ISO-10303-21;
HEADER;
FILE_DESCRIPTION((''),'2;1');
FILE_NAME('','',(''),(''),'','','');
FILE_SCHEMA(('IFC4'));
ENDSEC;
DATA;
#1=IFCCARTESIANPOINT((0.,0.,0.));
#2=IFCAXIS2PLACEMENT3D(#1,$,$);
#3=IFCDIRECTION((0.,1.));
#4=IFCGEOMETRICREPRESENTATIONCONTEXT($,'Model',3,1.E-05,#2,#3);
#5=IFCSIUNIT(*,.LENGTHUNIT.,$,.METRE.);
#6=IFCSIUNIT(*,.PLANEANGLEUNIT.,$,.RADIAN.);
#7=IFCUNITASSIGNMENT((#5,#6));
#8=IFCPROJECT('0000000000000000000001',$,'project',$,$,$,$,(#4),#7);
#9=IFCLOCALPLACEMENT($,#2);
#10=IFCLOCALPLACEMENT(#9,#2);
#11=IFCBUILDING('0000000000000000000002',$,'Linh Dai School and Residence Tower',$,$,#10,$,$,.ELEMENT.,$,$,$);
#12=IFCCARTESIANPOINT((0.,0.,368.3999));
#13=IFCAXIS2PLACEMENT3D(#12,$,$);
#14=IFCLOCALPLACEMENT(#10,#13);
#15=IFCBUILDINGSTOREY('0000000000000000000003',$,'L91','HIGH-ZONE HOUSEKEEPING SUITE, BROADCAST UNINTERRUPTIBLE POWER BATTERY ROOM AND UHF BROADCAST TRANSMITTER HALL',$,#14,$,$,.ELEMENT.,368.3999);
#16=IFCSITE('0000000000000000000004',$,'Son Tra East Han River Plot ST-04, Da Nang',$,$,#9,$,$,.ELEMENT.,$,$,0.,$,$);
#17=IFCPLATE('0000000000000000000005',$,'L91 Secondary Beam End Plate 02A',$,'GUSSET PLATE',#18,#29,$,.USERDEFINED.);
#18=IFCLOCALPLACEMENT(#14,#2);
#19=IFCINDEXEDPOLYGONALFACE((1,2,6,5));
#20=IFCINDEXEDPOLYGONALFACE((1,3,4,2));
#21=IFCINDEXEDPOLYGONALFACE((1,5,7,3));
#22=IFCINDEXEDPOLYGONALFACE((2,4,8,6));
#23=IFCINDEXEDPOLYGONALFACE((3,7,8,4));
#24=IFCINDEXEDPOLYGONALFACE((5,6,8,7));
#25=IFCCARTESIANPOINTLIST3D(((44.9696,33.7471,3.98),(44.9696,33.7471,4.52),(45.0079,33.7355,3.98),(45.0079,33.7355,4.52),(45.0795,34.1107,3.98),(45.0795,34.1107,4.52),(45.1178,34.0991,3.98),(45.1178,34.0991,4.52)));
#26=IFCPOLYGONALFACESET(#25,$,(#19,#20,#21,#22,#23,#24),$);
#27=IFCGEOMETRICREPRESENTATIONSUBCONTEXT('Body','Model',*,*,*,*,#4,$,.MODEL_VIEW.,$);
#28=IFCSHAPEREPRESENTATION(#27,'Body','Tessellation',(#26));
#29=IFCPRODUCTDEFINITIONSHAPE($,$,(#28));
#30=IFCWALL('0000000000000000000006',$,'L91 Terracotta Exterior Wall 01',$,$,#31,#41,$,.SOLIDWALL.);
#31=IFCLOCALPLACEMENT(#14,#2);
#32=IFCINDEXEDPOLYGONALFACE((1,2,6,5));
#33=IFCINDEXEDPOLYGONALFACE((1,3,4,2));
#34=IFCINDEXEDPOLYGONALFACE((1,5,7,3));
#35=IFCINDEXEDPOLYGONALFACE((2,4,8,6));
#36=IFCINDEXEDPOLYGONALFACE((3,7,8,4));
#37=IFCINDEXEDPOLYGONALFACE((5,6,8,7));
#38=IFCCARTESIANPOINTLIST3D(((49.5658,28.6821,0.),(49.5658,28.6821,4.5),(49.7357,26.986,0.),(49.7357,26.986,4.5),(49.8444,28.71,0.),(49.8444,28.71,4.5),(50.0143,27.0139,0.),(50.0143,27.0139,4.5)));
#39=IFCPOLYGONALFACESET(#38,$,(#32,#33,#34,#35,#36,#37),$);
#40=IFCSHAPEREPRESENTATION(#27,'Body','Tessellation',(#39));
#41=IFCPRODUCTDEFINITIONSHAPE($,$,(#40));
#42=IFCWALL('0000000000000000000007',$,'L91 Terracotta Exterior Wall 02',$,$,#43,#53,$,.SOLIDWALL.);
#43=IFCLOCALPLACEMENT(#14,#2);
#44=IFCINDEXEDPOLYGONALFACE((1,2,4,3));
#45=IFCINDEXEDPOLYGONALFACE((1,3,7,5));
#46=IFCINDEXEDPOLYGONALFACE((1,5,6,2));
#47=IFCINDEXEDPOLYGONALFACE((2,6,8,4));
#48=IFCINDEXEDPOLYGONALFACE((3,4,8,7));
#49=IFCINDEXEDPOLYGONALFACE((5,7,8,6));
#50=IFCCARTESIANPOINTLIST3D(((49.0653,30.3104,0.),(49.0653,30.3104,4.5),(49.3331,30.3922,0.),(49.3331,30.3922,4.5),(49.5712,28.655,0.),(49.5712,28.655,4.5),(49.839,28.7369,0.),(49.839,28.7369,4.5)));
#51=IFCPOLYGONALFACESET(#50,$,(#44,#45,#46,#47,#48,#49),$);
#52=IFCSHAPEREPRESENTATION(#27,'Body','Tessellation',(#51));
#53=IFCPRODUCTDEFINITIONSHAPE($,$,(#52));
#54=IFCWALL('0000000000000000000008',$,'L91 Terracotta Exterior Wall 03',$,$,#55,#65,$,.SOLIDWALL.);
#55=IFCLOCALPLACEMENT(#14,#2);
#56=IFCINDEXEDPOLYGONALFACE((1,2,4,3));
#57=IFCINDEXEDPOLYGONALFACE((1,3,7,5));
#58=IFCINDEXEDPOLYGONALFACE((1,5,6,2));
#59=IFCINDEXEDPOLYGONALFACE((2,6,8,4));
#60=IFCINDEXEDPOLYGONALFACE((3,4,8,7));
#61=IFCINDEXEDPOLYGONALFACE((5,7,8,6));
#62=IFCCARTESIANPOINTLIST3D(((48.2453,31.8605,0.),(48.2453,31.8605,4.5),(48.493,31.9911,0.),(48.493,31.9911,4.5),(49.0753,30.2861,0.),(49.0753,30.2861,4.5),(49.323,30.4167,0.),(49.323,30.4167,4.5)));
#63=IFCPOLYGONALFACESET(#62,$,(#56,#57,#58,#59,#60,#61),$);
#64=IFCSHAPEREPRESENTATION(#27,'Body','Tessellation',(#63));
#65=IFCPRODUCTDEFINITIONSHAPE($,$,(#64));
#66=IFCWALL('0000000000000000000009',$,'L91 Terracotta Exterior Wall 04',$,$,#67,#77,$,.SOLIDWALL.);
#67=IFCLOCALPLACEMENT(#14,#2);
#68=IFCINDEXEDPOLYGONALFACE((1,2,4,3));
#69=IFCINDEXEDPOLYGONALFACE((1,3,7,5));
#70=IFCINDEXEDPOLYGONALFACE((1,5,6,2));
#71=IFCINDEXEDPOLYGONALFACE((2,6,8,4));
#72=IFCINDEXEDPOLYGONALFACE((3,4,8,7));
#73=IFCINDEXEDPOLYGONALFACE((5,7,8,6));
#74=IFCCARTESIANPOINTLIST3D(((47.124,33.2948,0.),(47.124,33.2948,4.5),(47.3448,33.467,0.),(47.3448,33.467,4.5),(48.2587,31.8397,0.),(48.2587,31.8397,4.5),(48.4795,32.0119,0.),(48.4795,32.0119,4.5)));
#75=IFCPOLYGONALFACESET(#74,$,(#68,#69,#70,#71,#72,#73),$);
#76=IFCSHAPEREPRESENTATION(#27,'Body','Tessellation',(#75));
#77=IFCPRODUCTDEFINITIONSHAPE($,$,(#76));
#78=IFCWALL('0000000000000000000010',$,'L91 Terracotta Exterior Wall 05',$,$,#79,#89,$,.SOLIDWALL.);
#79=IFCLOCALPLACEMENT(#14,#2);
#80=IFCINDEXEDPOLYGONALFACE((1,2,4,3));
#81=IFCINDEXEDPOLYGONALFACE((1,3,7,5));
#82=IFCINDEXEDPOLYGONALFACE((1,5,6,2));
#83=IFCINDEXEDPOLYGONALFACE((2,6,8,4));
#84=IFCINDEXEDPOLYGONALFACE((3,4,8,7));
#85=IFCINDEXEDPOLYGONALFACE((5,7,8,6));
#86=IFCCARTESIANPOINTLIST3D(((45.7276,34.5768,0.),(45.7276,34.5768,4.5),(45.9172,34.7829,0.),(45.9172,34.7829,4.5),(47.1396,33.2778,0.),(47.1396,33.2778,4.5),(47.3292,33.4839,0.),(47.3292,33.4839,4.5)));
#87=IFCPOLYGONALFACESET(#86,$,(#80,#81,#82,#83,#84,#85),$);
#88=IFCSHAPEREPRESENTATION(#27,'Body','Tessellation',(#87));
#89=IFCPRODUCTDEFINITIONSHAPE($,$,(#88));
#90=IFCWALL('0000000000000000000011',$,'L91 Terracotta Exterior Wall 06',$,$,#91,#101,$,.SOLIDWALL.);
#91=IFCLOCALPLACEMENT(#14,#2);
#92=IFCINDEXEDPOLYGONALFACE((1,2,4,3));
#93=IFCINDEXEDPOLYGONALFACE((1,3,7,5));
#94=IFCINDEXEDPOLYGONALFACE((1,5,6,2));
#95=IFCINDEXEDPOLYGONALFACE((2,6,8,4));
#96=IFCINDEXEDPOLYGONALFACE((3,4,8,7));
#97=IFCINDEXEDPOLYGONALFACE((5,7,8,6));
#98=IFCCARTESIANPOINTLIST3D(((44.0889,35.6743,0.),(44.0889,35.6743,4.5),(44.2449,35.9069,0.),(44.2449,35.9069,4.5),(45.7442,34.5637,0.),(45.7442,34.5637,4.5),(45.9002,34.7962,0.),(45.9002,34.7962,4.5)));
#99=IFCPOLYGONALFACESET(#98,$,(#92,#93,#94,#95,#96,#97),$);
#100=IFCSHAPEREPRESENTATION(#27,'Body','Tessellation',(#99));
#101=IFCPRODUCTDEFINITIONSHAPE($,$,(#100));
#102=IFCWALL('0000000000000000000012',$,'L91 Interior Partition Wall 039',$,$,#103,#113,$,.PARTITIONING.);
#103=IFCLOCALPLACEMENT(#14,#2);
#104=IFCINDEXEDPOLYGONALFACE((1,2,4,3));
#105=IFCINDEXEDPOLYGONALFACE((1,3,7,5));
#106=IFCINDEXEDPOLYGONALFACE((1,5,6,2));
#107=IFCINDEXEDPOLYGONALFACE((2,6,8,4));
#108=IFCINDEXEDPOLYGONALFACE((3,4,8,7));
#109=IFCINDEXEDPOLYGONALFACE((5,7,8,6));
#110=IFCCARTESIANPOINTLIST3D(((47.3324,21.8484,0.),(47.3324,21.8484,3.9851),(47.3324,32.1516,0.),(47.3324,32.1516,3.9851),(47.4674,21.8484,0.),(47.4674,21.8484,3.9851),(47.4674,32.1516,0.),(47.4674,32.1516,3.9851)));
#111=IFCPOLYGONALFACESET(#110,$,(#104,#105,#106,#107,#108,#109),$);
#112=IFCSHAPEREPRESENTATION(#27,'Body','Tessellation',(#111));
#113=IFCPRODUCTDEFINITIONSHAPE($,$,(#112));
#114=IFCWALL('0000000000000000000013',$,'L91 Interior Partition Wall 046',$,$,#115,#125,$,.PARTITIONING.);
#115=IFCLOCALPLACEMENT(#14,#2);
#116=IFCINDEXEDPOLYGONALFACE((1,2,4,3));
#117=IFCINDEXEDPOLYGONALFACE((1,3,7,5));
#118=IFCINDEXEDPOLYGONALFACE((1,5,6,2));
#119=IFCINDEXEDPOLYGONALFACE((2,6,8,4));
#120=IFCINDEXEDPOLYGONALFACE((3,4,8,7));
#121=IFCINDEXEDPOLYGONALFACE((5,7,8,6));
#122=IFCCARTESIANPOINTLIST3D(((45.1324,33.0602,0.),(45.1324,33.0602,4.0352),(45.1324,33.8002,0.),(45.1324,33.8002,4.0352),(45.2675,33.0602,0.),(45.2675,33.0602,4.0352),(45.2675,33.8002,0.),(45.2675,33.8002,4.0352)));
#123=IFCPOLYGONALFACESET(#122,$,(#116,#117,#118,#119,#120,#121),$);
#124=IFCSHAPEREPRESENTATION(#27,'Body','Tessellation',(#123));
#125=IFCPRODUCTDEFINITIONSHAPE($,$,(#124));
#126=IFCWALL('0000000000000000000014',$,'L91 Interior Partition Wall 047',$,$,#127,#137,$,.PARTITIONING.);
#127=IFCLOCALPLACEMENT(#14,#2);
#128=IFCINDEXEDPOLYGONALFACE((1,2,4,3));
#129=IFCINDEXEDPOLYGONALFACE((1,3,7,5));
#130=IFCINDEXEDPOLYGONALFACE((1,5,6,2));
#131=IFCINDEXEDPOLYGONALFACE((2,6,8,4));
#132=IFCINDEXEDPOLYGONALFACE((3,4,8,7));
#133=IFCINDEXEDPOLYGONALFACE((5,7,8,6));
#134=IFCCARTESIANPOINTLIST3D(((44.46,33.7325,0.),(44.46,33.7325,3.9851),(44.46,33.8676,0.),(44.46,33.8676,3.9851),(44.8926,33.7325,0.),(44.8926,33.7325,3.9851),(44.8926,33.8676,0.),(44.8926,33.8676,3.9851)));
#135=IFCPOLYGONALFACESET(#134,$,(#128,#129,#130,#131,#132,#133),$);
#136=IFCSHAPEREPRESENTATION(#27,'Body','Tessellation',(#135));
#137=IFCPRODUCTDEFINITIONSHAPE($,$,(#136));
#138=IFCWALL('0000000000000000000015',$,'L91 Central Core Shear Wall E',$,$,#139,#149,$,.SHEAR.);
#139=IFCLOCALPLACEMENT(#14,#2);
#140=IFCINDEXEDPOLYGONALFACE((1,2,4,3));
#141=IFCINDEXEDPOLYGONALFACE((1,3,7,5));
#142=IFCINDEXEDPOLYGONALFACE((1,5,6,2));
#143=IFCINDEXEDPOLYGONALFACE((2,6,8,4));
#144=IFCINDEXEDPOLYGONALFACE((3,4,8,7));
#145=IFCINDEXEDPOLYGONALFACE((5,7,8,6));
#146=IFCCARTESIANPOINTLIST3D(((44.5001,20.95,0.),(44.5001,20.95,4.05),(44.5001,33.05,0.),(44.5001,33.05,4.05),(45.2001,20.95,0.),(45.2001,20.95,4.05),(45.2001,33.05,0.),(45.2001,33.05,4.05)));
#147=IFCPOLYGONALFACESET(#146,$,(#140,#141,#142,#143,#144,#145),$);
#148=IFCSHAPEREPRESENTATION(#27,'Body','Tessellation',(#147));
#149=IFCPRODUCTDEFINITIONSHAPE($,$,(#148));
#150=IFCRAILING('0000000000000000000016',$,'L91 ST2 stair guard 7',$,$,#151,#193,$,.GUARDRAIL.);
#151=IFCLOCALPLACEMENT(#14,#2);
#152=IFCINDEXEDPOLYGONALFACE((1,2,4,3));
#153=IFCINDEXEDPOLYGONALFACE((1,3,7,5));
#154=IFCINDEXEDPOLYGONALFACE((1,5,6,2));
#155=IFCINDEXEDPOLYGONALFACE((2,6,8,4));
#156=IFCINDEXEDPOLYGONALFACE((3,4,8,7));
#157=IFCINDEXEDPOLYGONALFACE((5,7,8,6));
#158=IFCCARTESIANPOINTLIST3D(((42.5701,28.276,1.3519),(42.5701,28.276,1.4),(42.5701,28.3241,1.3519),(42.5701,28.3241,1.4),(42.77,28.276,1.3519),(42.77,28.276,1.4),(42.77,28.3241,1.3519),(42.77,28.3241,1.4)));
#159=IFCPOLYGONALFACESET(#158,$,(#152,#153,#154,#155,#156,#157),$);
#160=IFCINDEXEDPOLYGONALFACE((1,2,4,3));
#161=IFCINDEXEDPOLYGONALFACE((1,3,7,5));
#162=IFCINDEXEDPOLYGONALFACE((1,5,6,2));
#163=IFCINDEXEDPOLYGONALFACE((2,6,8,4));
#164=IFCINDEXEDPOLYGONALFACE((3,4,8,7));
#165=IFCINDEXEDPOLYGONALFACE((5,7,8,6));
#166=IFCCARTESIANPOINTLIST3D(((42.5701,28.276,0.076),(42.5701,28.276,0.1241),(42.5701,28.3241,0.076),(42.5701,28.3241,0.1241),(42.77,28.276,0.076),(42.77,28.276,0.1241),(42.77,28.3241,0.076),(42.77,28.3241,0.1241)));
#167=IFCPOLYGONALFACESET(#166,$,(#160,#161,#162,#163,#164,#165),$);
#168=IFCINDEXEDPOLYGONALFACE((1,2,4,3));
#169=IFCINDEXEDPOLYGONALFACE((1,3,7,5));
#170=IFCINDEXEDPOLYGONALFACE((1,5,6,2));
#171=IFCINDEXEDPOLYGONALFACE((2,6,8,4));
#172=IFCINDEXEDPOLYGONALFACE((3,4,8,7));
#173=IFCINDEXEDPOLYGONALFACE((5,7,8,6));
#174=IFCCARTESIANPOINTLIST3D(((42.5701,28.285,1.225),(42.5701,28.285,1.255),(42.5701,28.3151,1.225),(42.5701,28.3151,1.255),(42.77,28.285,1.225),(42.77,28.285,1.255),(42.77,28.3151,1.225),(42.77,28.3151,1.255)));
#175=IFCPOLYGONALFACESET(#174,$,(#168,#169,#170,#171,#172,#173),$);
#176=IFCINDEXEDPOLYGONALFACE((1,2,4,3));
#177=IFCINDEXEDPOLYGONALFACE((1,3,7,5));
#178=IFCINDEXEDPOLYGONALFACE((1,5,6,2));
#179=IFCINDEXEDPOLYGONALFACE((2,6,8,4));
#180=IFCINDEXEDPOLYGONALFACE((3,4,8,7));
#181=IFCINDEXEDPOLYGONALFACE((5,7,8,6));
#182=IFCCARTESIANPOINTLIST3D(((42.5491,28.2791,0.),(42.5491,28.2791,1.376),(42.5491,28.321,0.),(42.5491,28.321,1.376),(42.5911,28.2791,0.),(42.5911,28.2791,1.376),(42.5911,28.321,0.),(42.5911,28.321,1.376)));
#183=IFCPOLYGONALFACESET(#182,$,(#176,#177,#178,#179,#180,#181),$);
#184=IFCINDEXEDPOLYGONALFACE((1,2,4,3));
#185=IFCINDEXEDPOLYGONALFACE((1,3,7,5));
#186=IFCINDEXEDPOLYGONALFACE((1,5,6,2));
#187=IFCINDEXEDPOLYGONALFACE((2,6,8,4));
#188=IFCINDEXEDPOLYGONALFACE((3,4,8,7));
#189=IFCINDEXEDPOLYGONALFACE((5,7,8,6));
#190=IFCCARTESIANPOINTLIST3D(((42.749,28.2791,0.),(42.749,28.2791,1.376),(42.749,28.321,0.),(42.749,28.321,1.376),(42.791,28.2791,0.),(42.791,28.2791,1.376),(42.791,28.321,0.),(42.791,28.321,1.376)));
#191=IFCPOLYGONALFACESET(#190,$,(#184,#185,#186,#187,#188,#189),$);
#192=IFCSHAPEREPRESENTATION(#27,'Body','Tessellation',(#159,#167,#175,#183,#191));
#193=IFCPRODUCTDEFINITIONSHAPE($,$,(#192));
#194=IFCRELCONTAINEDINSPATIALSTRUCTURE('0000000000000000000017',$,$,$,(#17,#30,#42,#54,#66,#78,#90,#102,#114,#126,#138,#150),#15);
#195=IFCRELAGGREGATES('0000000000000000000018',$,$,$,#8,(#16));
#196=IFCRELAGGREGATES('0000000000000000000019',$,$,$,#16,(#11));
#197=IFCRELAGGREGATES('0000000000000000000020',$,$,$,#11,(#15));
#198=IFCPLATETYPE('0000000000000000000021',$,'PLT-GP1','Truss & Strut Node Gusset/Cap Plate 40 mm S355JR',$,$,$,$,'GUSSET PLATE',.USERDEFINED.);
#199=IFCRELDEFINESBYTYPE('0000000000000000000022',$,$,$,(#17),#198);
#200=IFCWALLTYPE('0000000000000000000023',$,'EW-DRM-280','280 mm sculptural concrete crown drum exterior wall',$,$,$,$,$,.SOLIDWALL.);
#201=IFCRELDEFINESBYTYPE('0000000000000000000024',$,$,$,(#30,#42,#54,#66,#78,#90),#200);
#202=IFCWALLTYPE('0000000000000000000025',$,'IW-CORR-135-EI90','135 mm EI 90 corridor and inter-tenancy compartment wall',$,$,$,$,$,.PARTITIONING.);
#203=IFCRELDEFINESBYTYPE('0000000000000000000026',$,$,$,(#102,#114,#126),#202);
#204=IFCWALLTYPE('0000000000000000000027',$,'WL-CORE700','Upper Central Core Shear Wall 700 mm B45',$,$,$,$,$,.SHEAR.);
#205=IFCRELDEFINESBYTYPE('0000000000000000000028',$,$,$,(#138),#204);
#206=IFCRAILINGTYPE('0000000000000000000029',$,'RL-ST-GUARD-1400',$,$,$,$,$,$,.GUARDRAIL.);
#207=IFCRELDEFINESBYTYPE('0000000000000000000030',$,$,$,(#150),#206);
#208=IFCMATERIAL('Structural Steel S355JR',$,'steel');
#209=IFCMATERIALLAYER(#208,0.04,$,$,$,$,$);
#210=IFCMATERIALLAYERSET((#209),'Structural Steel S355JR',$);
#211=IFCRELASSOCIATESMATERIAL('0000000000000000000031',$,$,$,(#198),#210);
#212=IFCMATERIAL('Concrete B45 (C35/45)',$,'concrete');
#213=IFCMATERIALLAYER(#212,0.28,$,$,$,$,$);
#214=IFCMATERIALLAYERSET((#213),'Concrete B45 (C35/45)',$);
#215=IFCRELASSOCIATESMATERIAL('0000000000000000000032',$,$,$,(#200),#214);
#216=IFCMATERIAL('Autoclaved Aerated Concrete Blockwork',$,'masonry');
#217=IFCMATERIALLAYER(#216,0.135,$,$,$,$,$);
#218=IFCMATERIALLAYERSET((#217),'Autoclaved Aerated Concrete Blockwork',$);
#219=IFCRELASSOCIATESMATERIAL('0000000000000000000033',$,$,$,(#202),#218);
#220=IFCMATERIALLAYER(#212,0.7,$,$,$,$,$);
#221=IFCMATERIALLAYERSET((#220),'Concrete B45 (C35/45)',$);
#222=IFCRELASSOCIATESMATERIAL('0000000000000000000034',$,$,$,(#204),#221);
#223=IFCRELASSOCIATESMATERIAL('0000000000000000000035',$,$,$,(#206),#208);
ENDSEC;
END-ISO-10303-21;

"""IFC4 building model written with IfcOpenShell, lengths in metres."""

from ifc_helpers import new_model, si_unit, direction, frame, frame_2d, origin, origin_2d, place, context, subcontext, project, spatial, rectangle, extrude, source, transform, mapped, material, layer, layer_set, type_object, element, save


model = new_model("IFC4")

# Units and contexts
model_context = context("Model", 3, precision=1e-05, world=origin(), true_north=direction((0.0, 1.0)))
body_context = subcontext(model_context, "Body", "Model", "MODEL_VIEW")
ifc_project = project(units=[si_unit("LENGTHUNIT", "METRE"), si_unit("PLANEANGLEUNIT", "RADIAN")], contexts=[model_context])

# Site, building, storey
site_placement = place(None, origin())
site = spatial("IfcSite", under=ifc_project, at=site_placement, Name="Son Tra East Han River Plot ST-04, Da Nang", CompositionType="ELEMENT", RefElevation=0.0)
building_placement = place(site_placement, origin())
building = spatial("IfcBuilding", under=site, at=building_placement, Name="Linh Dai School and Residence Tower", CompositionType="ELEMENT")
storey_placement = place(building_placement, frame((0.0, 0.0, 368.3999)))
storey = spatial("IfcBuildingStorey", under=building, at=storey_placement, Name="L91", Description="HIGH-ZONE HOUSEKEEPING SUITE, BROADCAST UNINTERRUPTIBLE POWER BATTERY ROOM AND UHF BROADCAST TRANSMITTER HALL", CompositionType="ELEMENT", Elevation=368.3999)

# Shared definitions
ifc_material_1 = material(Name="Concrete B45 (C35/45)", Category="concrete")
ifc_material_2 = material(Name="Structural Steel S355JR", Category="steel")

# Plate
ifc_layer_1 = layer(ifc_material_2, 0.04)
ifc_layer_set_1 = layer_set([ifc_layer_1], Name="Structural Steel S355JR")
plate_type = type_object("IfcPlateType", Name="PLT-GP1", Description="Truss & Strut Node Gusset/Cap Plate 40 mm S355JR", ElementType="GUSSET PLATE", PredefinedType="USERDEFINED", material=ifc_layer_set_1)
shared_shape_1 = source(origin(), body_context, "Body", "SweptSolid", [
    extrude(rectangle(XDim=0.04, YDim=0.3799, at=origin_2d()), origin(), (0.0, 0.0, 1.0), 0.54),
])
for number, where, z_axis, x_axis, name in (
    (1, (45.0437, 33.9231, 3.98), (0.0, 0.0, 1.0), (-0.957203, 0.289419, 0.0), "L91 Secondary Beam End Plate 02A"),
):
    element("IfcPlate", number, at=place(storey_placement, frame(where, z_axis=z_axis, x_axis=x_axis)), inside=storey, type_object=plate_type, Name=name, ObjectType="GUSSET PLATE", PredefinedType="USERDEFINED", context=body_context, shape_type="MappedRepresentation", body=[
        mapped(shared_shape_1, transform((0.0, 0.0, 0.0), x_axis=(1.0, 0.0, 0.0), y_axis=(0.0, 1.0, 0.0), z_axis=(0.0, 0.0, 1.0), scale=1.0)),
    ])

# Walls
ifc_layer_2 = layer(ifc_material_1, 0.28)
ifc_layer_set_2 = layer_set([ifc_layer_2], Name="Concrete B45 (C35/45)")
wall_type_1 = type_object("IfcWallType", Name="EW-DRM-280", Description="280 mm sculptural concrete crown drum exterior wall", PredefinedType="SOLIDWALL", material=ifc_layer_set_2)
wall_1_placement = place(storey_placement, frame((49.7051, 28.696, 0.0), z_axis=(0.0, 0.0, 1.0), x_axis=(0.099688, -0.995019, 0.0)))
element("IfcWall", 2, at=wall_1_placement, inside=storey, type_object=wall_type_1, Name="L91 Terracotta Exterior Wall 01", PredefinedType="SOLIDWALL", context=body_context, shape_type="SweptSolid", body=[
    extrude(rectangle(XDim=1.7046, YDim=0.28, at=frame_2d((0.8523, 0.0))), origin(), (0.0, 0.0, 1.0), 4.5),
])
wall_2_placement = place(storey_placement, frame((49.1992, 30.3513, 0.0), z_axis=(0.0, 0.0, 1.0), x_axis=(0.292262, -0.956338, 0.0)))
element("IfcWall", 3, at=wall_2_placement, inside=storey, type_object=wall_type_1, Name="L91 Terracotta Exterior Wall 02", PredefinedType="SOLIDWALL", context=body_context, shape_type="SweptSolid", body=[
    extrude(rectangle(XDim=1.731, YDim=0.28, at=frame_2d((0.8655, 0.0))), origin(), (0.0, 0.0, 1.0), 4.5),
])
wall_3_placement = place(storey_placement, frame((48.3691, 31.9258, 0.0), z_axis=(0.0, 0.0, 1.0), x_axis=(0.466368, -0.884591, 0.0)))
element("IfcWall", 4, at=wall_3_placement, inside=storey, type_object=wall_type_1, Name="L91 Terracotta Exterior Wall 03", PredefinedType="SOLIDWALL", context=body_context, shape_type="SweptSolid", body=[
    extrude(rectangle(XDim=1.7798, YDim=0.28, at=frame_2d((0.8899, 0.0))), origin(), (0.0, 0.0, 1.0), 4.5),
])
wall_4_placement = place(storey_placement, frame((47.2344, 33.3809, 0.0), z_axis=(0.0, 0.0, 1.0), x_axis=(0.614966, -0.788554, 0.0)))
element("IfcWall", 5, at=wall_4_placement, inside=storey, type_object=wall_type_1, Name="L91 Terracotta Exterior Wall 04", PredefinedType="SOLIDWALL", context=body_context, shape_type="SweptSolid", body=[
    extrude(rectangle(XDim=1.8452, YDim=0.28, at=frame_2d((0.9226, 0.0))), origin(), (0.0, 0.0, 1.0), 4.5),
])
wall_5_placement = place(storey_placement, frame((45.8223, 34.6799, 0.0), z_axis=(0.0, 0.0, 1.0), x_axis=(0.735949, -0.677037, 0.0)))
element("IfcWall", 6, at=wall_5_placement, inside=storey, type_object=wall_type_1, Name="L91 Terracotta Exterior Wall 05", PredefinedType="SOLIDWALL", context=body_context, shape_type="SweptSolid", body=[
    extrude(rectangle(XDim=1.9187, YDim=0.28, at=frame_2d((0.9595, 0.0))), origin(), (0.0, 0.0, 1.0), 4.5),
])
wall_6_placement = place(storey_placement, frame((44.167, 35.7905, 0.0), z_axis=(0.0, 0.0, 1.0), x_axis=(0.830407, -0.557157, 0.0)))
element("IfcWall", 7, at=wall_6_placement, inside=storey, type_object=wall_type_1, Name="L91 Terracotta Exterior Wall 06", PredefinedType="SOLIDWALL", context=body_context, shape_type="SweptSolid", body=[
    extrude(rectangle(XDim=1.9934, YDim=0.28, at=frame_2d((0.9966, 0.0))), origin(), (0.0, 0.0, 1.0), 4.5),
])
ifc_material_3 = material(Name="Autoclaved Aerated Concrete Blockwork", Category="masonry")
ifc_layer_3 = layer(ifc_material_3, 0.135)
ifc_layer_set_3 = layer_set([ifc_layer_3], Name="Autoclaved Aerated Concrete Blockwork")
wall_type_2 = type_object("IfcWallType", Name="IW-CORR-135-EI90", Description="135 mm EI 90 corridor and inter-tenancy compartment wall", PredefinedType="PARTITIONING", material=ifc_layer_set_3)
wall_7_placement = place(storey_placement, frame((47.3999, 32.1516, 0.0), z_axis=(0.0, 0.0, 1.0), x_axis=(0.0, -1.0, 0.0)))
element("IfcWall", 8, at=wall_7_placement, inside=storey, type_object=wall_type_2, Name="L91 Interior Partition Wall 039", PredefinedType="PARTITIONING", context=body_context, shape_type="SweptSolid", body=[
    extrude(rectangle(XDim=10.3032, YDim=0.135, at=frame_2d((5.1516, 0.0))), origin(), (0.0, 0.0, 1.0), 3.9851),
])
wall_8_placement = place(storey_placement, frame((45.2, 33.0601, 0.0), z_axis=(0.0, 0.0, 1.0), x_axis=(0.0, 1.0, 0.0)))
element("IfcWall", 9, at=wall_8_placement, inside=storey, type_object=wall_type_2, Name="L91 Interior Partition Wall 046", PredefinedType="PARTITIONING", context=body_context, shape_type="SweptSolid", body=[
    extrude(rectangle(XDim=0.74, YDim=0.135, at=frame_2d((0.3701, 0.0))), origin(), (0.0, 0.0, 1.0), 4.0352),
])
wall_9_placement = place(storey_placement, frame((44.8926, 33.8, 0.0), z_axis=(0.0, 0.0, 1.0), x_axis=(-1.0, 0.0, 0.0)))
element("IfcWall", 10, at=wall_9_placement, inside=storey, type_object=wall_type_2, Name="L91 Interior Partition Wall 047", PredefinedType="PARTITIONING", context=body_context, shape_type="SweptSolid", body=[
    extrude(rectangle(XDim=0.4326, YDim=0.135, at=frame_2d((0.2163, 0.0))), origin(), (0.0, 0.0, 1.0), 3.9851),
])
ifc_layer_4 = layer(ifc_material_1, 0.7)
ifc_layer_set_4 = layer_set([ifc_layer_4], Name="Concrete B45 (C35/45)")
wall_type_3 = type_object("IfcWallType", Name="WL-CORE700", Description="Upper Central Core Shear Wall 700 mm B45", PredefinedType="SHEAR", material=ifc_layer_set_4)
wall_10_placement = place(storey_placement, frame((44.8501, 33.05, 0.0), z_axis=(0.0, 0.0, 1.0), x_axis=(0.0, -1.0, 0.0)))
element("IfcWall", 11, at=wall_10_placement, inside=storey, type_object=wall_type_3, Name="L91 Central Core Shear Wall E", PredefinedType="SHEAR", context=body_context, shape_type="SweptSolid", body=[
    extrude(rectangle(XDim=12.1001, YDim=0.7, at=frame_2d((6.05, 0.0))), origin(), (0.0, 0.0, 1.0), 4.05),
])

# Railing
railing_type = type_object("IfcRailingType", Name="RL-ST-GUARD-1400", PredefinedType="GUARDRAIL", material=ifc_material_2)
shared_shape_2 = source(origin(), body_context, "Body", "SweptSolid", [
    extrude(rectangle(XDim=0.0481, YDim=0.0481, at=origin_2d()), frame((0.0, 0.0, 1.376), z_axis=(1.0, 0.0, 0.0), x_axis=(0.0, 1.0, 0.0)), (0.0, 0.0, 1.0), 0.2),
    extrude(rectangle(XDim=0.0481, YDim=0.0481, at=origin_2d()), frame((0.0, 0.0, 0.1001), z_axis=(1.0, 0.0, 0.0), x_axis=(0.0, 1.0, 0.0)), (0.0, 0.0, 1.0), 0.2),
    extrude(rectangle(XDim=0.03, YDim=0.03, at=origin_2d()), frame((0.0, 0.0, 1.24), z_axis=(1.0, 0.0, 0.0), x_axis=(0.0, 1.0, 0.0)), (0.0, 0.0, 1.0), 0.2),
    extrude(rectangle(XDim=0.042, YDim=0.042, at=origin_2d()), origin(), (0.0, 0.0, 1.0), 1.376),
    extrude(rectangle(XDim=0.042, YDim=0.042, at=origin_2d()), frame((0.2, 0.0, 0.0)), (0.0, 0.0, 1.0), 1.376),
])
railing_1_placement = place(storey_placement, frame((42.5701, 28.3, 0.0)))
element("IfcRailing", 12, at=railing_1_placement, inside=storey, type_object=railing_type, Name="L91 ST2 stair guard 7", PredefinedType="GUARDRAIL", context=body_context, shape_type="MappedRepresentation", body=[
    mapped(shared_shape_2, transform((0.0, 0.0, 0.0), x_axis=(1.0, 0.0, 0.0), y_axis=(0.0, 1.0, 0.0), z_axis=(0.0, 0.0, 1.0), scale=1.0)),
])

save(model, "model.ifc")
